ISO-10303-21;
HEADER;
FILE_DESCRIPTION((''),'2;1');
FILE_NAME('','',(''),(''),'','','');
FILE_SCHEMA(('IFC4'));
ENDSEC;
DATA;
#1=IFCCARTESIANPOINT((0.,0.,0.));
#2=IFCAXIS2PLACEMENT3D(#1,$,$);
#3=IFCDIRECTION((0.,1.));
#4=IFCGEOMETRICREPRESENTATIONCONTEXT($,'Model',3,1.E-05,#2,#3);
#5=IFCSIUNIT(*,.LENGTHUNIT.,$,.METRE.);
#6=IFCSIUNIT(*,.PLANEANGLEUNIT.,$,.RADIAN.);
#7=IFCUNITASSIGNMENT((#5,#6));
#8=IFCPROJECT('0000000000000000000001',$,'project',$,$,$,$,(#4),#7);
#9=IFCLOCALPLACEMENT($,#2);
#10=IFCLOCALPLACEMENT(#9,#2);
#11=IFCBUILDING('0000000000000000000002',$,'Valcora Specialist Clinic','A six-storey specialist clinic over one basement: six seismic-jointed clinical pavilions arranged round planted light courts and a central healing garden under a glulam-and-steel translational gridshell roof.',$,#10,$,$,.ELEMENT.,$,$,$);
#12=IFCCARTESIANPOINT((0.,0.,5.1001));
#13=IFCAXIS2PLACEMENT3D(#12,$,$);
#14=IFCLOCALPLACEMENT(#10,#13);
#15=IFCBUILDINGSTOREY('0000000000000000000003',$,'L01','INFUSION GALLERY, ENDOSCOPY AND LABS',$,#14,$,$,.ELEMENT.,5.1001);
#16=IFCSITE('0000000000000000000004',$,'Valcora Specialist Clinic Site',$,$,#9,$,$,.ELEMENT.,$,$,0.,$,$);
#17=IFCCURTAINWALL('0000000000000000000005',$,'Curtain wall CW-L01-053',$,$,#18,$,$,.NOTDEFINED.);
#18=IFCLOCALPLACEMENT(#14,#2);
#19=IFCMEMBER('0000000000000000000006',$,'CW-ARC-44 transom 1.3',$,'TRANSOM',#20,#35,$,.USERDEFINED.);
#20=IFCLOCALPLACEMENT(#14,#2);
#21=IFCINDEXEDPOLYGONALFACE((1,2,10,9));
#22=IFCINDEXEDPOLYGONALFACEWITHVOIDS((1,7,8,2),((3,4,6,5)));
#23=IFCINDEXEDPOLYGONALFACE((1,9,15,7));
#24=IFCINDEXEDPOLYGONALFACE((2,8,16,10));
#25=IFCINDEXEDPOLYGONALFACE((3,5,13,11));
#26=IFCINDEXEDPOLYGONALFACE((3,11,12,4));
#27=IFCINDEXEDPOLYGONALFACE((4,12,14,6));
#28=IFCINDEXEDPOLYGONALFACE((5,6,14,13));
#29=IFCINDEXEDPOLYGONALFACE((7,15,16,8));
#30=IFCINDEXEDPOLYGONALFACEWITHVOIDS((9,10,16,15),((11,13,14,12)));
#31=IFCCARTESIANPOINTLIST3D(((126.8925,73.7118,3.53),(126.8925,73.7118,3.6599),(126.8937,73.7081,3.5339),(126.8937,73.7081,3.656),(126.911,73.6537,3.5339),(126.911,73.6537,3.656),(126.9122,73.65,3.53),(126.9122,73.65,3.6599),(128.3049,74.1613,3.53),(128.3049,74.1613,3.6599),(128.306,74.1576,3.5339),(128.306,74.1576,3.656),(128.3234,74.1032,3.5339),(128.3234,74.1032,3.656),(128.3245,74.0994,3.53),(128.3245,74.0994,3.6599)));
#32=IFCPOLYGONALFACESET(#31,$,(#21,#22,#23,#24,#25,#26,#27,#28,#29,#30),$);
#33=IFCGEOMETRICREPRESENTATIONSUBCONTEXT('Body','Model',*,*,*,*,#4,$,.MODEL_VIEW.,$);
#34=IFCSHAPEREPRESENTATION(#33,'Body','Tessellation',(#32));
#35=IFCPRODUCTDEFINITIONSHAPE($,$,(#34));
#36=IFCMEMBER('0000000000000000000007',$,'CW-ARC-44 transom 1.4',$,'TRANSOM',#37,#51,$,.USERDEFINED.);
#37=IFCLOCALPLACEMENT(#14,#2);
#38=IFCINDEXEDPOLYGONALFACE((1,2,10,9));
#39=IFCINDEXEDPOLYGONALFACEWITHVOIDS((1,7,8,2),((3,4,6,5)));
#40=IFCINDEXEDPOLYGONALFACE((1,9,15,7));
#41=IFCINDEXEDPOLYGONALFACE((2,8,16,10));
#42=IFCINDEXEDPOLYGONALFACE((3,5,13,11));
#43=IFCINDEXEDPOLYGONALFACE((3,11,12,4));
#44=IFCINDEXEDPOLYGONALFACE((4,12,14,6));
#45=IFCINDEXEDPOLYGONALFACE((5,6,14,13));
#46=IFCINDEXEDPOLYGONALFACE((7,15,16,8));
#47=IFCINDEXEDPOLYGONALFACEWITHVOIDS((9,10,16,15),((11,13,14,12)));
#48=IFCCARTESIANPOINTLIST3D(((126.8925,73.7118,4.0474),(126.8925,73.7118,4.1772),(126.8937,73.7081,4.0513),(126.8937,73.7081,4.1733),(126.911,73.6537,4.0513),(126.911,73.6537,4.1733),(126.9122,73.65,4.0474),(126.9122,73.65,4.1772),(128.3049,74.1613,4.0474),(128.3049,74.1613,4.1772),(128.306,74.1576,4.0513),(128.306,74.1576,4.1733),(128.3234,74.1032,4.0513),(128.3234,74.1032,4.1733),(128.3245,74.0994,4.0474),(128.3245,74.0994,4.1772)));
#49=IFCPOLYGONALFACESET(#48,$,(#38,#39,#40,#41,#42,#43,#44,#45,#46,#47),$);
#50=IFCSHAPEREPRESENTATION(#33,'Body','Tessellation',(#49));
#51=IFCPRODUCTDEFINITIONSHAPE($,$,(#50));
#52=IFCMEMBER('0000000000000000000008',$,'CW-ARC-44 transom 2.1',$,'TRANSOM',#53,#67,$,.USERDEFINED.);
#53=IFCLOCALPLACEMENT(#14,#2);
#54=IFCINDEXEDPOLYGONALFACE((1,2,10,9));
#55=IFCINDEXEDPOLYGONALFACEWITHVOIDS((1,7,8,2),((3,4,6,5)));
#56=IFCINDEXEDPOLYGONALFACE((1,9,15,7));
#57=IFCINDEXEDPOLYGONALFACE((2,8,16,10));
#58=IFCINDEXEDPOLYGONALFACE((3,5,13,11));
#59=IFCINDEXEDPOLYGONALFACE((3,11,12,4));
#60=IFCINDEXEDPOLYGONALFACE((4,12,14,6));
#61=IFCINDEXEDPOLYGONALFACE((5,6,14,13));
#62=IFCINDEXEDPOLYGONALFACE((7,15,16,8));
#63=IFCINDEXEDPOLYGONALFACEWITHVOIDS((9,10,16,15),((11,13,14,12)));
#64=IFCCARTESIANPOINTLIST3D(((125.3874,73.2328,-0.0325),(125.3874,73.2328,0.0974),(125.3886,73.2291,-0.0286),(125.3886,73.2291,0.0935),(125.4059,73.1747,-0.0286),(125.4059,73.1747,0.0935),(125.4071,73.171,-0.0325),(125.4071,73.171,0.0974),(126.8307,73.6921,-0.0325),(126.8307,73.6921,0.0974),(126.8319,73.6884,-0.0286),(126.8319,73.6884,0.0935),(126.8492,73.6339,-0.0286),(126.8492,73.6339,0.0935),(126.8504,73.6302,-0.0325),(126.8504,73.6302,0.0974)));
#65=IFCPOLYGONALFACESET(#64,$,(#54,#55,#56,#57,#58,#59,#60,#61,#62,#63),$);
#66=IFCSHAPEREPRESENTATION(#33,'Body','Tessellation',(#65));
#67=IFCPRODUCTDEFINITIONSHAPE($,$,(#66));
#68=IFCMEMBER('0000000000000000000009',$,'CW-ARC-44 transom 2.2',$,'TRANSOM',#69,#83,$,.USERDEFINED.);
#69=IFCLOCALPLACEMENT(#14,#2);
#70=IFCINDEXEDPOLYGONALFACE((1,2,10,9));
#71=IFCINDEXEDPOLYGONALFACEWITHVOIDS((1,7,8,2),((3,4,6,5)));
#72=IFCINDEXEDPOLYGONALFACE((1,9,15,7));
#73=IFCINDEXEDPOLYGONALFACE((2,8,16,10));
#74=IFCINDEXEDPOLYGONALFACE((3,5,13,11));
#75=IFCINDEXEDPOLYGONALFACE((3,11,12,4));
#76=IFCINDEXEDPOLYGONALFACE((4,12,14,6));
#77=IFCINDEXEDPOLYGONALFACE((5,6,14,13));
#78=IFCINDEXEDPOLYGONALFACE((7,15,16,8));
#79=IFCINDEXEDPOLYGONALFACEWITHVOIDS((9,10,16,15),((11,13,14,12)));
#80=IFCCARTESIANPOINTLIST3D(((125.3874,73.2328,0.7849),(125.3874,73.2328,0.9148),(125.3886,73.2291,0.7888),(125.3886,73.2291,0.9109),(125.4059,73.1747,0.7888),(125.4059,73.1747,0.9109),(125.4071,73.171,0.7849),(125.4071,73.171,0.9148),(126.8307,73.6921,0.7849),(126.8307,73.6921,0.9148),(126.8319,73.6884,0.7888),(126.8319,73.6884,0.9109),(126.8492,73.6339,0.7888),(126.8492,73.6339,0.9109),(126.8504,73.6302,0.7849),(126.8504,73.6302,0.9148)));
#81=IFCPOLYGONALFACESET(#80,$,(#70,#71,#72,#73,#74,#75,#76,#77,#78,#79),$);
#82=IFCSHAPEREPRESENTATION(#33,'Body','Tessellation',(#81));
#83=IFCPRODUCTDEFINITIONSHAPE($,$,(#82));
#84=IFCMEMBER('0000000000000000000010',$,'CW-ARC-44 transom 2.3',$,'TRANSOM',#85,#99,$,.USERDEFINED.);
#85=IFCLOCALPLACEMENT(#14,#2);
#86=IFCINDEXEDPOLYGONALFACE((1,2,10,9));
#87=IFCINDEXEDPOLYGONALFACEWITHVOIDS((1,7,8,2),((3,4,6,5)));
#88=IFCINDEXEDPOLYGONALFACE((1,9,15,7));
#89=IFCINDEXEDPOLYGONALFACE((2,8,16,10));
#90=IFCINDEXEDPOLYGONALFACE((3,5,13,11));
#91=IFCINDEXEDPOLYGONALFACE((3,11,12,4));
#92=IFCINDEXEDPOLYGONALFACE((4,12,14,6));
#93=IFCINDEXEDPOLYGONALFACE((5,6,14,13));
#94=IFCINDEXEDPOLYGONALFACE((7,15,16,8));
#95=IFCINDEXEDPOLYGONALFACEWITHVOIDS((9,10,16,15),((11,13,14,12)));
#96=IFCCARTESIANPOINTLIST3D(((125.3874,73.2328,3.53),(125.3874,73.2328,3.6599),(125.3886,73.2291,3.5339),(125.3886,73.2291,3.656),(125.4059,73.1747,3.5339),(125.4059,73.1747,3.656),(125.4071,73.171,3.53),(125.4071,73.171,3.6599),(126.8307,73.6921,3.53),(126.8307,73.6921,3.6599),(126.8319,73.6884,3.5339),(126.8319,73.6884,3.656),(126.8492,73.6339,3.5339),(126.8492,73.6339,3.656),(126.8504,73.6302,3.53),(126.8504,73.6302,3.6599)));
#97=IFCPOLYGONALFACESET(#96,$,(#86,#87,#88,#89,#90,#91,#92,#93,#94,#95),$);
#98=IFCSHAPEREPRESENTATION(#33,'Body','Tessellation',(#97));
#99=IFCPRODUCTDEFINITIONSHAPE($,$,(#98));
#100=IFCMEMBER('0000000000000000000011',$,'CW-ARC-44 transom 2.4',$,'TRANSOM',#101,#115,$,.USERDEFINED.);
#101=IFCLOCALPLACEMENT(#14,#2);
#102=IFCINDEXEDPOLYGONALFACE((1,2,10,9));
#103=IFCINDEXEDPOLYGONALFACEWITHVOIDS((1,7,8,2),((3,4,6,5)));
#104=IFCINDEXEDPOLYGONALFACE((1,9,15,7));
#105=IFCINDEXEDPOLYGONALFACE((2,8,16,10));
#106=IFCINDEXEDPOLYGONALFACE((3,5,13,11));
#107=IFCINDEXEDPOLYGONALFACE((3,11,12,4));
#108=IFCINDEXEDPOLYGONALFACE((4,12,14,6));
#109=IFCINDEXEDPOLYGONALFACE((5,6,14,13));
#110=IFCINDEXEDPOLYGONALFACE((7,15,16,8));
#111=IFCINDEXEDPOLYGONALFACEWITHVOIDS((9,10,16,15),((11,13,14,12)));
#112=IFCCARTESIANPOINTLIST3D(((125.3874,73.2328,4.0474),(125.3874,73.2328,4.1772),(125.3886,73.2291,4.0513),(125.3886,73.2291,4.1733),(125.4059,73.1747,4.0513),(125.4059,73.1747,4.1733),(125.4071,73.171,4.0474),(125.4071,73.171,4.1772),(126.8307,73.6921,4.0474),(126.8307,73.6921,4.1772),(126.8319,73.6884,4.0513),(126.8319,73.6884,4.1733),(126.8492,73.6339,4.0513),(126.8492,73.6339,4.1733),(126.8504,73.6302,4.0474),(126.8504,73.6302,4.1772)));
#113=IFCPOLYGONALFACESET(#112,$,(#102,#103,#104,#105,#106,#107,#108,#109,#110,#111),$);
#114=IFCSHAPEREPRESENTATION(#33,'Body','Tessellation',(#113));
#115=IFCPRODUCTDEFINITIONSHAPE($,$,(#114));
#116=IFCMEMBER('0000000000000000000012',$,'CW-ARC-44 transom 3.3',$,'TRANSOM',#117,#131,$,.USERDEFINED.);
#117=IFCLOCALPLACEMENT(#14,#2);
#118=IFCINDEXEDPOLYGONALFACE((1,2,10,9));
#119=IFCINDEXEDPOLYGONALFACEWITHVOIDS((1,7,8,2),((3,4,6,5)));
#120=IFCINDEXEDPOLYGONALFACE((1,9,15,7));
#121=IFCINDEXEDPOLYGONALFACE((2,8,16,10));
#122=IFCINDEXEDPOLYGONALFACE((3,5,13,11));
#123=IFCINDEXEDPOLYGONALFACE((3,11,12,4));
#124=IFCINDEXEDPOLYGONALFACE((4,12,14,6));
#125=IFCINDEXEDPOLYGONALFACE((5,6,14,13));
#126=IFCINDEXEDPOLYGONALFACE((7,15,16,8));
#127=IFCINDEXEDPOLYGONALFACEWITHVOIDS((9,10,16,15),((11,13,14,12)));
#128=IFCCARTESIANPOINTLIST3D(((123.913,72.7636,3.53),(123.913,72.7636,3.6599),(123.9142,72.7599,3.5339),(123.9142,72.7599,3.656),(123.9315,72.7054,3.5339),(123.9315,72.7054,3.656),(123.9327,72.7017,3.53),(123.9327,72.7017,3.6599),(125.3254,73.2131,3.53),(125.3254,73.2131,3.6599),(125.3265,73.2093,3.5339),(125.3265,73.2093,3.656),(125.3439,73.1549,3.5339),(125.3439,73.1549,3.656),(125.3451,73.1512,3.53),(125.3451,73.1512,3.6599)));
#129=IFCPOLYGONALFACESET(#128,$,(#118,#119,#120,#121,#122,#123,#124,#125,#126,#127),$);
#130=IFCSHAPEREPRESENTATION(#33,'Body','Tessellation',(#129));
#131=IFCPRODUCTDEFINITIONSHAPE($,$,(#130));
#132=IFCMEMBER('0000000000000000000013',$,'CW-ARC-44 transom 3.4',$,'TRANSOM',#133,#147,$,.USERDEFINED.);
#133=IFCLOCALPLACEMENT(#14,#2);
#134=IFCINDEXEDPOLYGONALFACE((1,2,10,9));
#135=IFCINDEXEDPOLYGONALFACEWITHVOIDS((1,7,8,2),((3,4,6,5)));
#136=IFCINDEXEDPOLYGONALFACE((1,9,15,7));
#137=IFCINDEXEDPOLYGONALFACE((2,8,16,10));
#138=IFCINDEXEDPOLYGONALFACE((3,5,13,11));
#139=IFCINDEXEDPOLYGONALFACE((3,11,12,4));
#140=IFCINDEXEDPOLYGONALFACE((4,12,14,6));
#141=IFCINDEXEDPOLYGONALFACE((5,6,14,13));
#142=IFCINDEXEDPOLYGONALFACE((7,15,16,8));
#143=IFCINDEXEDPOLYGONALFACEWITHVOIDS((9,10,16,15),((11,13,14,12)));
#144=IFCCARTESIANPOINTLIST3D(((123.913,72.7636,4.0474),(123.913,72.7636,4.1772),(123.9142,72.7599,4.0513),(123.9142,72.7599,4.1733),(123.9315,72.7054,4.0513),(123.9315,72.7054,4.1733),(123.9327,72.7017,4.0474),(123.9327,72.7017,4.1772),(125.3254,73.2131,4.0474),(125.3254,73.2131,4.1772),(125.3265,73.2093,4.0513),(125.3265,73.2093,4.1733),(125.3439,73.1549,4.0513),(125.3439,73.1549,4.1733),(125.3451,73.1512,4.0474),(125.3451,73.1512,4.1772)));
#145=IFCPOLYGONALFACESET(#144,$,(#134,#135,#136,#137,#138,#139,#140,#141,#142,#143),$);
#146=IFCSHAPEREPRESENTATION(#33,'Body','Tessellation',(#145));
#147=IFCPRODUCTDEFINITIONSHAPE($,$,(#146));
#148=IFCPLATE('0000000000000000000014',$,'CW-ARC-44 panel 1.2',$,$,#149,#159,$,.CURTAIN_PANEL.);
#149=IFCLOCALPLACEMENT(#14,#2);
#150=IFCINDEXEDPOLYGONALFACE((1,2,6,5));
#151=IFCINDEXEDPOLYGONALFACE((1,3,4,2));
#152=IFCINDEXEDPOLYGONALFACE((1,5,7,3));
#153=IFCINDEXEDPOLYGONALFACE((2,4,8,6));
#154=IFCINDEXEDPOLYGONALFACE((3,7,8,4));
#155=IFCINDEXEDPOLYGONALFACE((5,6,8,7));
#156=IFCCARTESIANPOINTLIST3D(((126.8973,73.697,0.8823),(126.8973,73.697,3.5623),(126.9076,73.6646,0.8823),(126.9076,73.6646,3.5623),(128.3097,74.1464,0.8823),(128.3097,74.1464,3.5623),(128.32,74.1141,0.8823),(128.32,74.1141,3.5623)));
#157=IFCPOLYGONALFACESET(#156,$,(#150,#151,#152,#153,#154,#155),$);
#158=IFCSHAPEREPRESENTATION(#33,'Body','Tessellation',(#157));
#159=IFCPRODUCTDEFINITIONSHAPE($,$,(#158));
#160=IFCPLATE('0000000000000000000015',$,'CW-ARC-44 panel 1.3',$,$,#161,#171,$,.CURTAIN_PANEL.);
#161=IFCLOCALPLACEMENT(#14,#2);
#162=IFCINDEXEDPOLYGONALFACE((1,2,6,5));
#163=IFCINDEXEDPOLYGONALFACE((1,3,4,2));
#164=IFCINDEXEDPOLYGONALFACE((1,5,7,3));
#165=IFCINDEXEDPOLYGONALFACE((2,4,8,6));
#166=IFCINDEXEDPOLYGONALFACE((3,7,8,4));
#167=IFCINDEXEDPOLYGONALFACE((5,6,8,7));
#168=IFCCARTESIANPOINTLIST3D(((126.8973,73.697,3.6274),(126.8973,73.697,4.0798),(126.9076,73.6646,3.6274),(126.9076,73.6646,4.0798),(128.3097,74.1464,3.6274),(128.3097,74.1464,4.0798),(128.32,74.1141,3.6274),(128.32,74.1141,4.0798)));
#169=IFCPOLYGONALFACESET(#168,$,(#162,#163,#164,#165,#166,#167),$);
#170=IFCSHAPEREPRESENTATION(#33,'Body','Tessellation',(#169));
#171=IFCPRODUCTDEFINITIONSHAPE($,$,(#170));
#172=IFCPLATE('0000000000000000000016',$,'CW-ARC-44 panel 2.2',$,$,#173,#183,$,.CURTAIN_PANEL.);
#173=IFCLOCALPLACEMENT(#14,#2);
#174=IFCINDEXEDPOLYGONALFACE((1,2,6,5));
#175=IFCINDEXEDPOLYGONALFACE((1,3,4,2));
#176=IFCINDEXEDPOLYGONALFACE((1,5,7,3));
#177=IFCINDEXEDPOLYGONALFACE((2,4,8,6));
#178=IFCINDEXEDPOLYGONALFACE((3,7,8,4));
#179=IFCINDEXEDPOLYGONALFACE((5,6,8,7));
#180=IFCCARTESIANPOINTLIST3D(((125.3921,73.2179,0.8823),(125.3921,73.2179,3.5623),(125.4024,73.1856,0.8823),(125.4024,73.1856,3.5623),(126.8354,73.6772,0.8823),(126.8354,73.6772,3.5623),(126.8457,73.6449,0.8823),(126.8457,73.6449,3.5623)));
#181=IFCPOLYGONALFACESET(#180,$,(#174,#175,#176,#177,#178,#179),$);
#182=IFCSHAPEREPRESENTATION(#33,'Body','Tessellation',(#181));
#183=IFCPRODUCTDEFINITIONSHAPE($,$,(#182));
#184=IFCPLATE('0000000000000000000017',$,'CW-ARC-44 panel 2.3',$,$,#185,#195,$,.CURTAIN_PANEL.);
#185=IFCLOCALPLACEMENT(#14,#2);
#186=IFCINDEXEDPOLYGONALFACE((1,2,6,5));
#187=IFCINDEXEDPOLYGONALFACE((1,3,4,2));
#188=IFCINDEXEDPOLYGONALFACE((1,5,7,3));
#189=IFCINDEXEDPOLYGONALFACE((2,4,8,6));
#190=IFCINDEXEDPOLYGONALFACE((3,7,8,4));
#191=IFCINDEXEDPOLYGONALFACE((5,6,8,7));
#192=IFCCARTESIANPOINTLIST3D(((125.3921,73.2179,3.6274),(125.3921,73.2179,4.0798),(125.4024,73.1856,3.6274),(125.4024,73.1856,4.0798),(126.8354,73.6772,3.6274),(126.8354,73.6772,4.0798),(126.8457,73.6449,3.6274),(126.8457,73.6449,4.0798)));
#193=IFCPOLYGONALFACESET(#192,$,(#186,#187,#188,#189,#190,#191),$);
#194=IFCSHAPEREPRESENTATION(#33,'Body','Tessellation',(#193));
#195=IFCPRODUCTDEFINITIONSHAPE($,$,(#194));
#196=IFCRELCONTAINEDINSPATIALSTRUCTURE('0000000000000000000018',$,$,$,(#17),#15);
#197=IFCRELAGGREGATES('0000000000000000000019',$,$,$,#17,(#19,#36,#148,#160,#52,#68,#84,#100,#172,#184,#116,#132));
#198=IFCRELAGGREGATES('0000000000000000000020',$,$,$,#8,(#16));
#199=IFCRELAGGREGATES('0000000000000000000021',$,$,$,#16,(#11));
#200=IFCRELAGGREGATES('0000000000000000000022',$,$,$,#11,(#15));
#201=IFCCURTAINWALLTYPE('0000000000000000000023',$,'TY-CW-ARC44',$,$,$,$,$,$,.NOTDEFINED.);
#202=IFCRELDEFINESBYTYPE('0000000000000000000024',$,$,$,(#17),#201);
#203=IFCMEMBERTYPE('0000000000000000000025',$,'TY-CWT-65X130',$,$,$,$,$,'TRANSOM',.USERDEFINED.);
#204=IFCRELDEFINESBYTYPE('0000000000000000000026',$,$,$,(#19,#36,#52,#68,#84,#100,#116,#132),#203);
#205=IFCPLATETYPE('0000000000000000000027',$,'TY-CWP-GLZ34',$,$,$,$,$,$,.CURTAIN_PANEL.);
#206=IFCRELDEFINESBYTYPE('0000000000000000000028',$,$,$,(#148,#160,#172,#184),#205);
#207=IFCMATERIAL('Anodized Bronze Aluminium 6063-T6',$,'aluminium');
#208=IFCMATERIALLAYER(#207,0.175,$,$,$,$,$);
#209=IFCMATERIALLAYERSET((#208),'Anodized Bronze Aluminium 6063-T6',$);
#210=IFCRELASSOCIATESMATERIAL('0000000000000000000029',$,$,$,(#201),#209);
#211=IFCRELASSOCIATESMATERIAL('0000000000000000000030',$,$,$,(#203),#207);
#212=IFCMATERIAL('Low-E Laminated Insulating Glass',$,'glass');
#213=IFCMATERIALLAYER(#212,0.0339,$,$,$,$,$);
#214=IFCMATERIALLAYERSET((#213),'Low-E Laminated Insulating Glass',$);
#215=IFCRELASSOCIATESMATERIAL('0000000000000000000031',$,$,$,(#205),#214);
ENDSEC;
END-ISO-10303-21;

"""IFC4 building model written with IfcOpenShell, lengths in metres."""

from ifc_helpers import new_model, si_unit, direction, frame, origin, origin_2d, place, context, subcontext, project, spatial, rectangle, hollow_rectangle, extrude, material, layer, layer_set, material_profile, profile_set, type_object, element, aggregate, save


model = new_model("IFC4")

# Units and contexts
model_context = context("Model", 3, precision=1e-05, world=origin(), true_north=direction((0.0, 1.0)))
body_context = subcontext(model_context, "Body", "Model", "MODEL_VIEW")
ifc_project = project(units=[si_unit("LENGTHUNIT", "METRE"), si_unit("PLANEANGLEUNIT", "RADIAN")], contexts=[model_context])

# Site, building, storey
site_placement = place(None, origin())
site = spatial("IfcSite", under=ifc_project, at=site_placement, Name="Valcora Specialist Clinic Site", CompositionType="ELEMENT", RefElevation=0.0)
building_placement = place(site_placement, origin())
building = spatial("IfcBuilding", under=site, at=building_placement, Name="Valcora Specialist Clinic", Description="A six-storey specialist clinic over one basement: six seismic-jointed clinical pavilions arranged round planted light courts and a central healing garden under a glulam-and-steel translational gridshell roof.", CompositionType="ELEMENT")
storey_placement = place(building_placement, frame((0.0, 0.0, 5.1001)))
storey = spatial("IfcBuildingStorey", under=building, at=storey_placement, Name="L01", Description="INFUSION GALLERY, ENDOSCOPY AND LABS", CompositionType="ELEMENT", Elevation=5.1001)

# Curtain wall, members, plates
ifc_material_1 = material(Name="Anodized Bronze Aluminium 6063-T6", Category="aluminium")
ifc_layer_1 = layer(ifc_material_1, 0.175)
ifc_layer_set_1 = layer_set([ifc_layer_1], Name="Anodized Bronze Aluminium 6063-T6")
curtain_wall_type = type_object("IfcCurtainWallType", Name="TY-CW-ARC44", PredefinedType="NOTDEFINED", material=ifc_layer_set_1)
curtain_wall_placement = place(storey_placement, origin())
curtain_wall = element("IfcCurtainWall", 1, at=curtain_wall_placement, inside=storey, type_object=curtain_wall_type, Name="Curtain wall CW-L01-053", PredefinedType="NOTDEFINED")
ifc_material_profile_1 = material_profile(ifc_material_1, hollow_rectangle(XDim=0.0649, YDim=0.1299, WallThickness=0.0039, at=origin_2d()), Name="AL-TRN-65X130")
ifc_profile_set_1 = profile_set([ifc_material_profile_1], Name="Anodized Bronze Aluminium 6063-T6")
member_type_1 = type_object("IfcMemberType", Name="TY-CWT-65X130", ElementType="TRANSOM", PredefinedType="USERDEFINED", material=ifc_profile_set_1)
member_1_placement = place(storey_placement, frame((128.3147, 74.1304, 3.595), z_axis=(-0.952911, -0.303251, 0.0), x_axis=(0.303251, -0.952911, 0.0)))
member_1 = element("IfcMember", 2, at=member_1_placement, type_object=member_type_1, Name="CW-ARC-44 transom 1.3", ObjectType="TRANSOM", PredefinedType="USERDEFINED", context=body_context, shape_type="SweptSolid", body=[
    extrude(hollow_rectangle(XDim=0.0649, YDim=0.1299, WallThickness=0.0039, at=origin_2d()), origin(), (0.0, 0.0, 1.0), 1.4822),
])
member_2_placement = place(storey_placement, frame((128.3147, 74.1304, 4.1123), z_axis=(-0.952911, -0.303251, 0.0), x_axis=(0.303251, -0.952911, 0.0)))
member_2 = element("IfcMember", 3, at=member_2_placement, type_object=member_type_1, Name="CW-ARC-44 transom 1.4", ObjectType="TRANSOM", PredefinedType="USERDEFINED", context=body_context, shape_type="SweptSolid", body=[
    extrude(hollow_rectangle(XDim=0.0649, YDim=0.1299, WallThickness=0.0039, at=origin_2d()), origin(), (0.0, 0.0, 1.0), 1.4822),
])
member_3_placement = place(storey_placement, frame((126.8406, 73.6611, 0.0325), z_axis=(-0.95293, -0.30319, 0.0), x_axis=(0.30319, -0.95293, 0.0)))
member_3 = element("IfcMember", 4, at=member_3_placement, type_object=member_type_1, Name="CW-ARC-44 transom 2.1", ObjectType="TRANSOM", PredefinedType="USERDEFINED", context=body_context, shape_type="SweptSolid", body=[
    extrude(hollow_rectangle(XDim=0.0649, YDim=0.1299, WallThickness=0.0039, at=origin_2d()), origin(), (0.0, 0.0, 1.0), 1.5146),
])
member_4_placement = place(storey_placement, frame((126.8406, 73.6611, 0.8499), z_axis=(-0.95293, -0.30319, 0.0), x_axis=(0.30319, -0.95293, 0.0)))
member_4 = element("IfcMember", 5, at=member_4_placement, type_object=member_type_1, Name="CW-ARC-44 transom 2.2", ObjectType="TRANSOM", PredefinedType="USERDEFINED", context=body_context, shape_type="SweptSolid", body=[
    extrude(hollow_rectangle(XDim=0.0649, YDim=0.1299, WallThickness=0.0039, at=origin_2d()), origin(), (0.0, 0.0, 1.0), 1.5146),
])
member_5_placement = place(storey_placement, frame((126.8406, 73.6611, 3.595), z_axis=(-0.95293, -0.30319, 0.0), x_axis=(0.30319, -0.95293, 0.0)))
member_5 = element("IfcMember", 6, at=member_5_placement, type_object=member_type_1, Name="CW-ARC-44 transom 2.3", ObjectType="TRANSOM", PredefinedType="USERDEFINED", context=body_context, shape_type="SweptSolid", body=[
    extrude(hollow_rectangle(XDim=0.0649, YDim=0.1299, WallThickness=0.0039, at=origin_2d()), origin(), (0.0, 0.0, 1.0), 1.5146),
])
member_6_placement = place(storey_placement, frame((126.8406, 73.6611, 4.1123), z_axis=(-0.95293, -0.30319, 0.0), x_axis=(0.30319, -0.95293, 0.0)))
member_6 = element("IfcMember", 7, at=member_6_placement, type_object=member_type_1, Name="CW-ARC-44 transom 2.4", ObjectType="TRANSOM", PredefinedType="USERDEFINED", context=body_context, shape_type="SweptSolid", body=[
    extrude(hollow_rectangle(XDim=0.0649, YDim=0.1299, WallThickness=0.0039, at=origin_2d()), origin(), (0.0, 0.0, 1.0), 1.5146),
])
member_7_placement = place(storey_placement, frame((125.3352, 73.1821, 3.595), z_axis=(-0.952911, -0.303251, 0.0), x_axis=(0.303251, -0.952911, 0.0)))
member_7 = element("IfcMember", 8, at=member_7_placement, type_object=member_type_1, Name="CW-ARC-44 transom 3.3", ObjectType="TRANSOM", PredefinedType="USERDEFINED", context=body_context, shape_type="SweptSolid", body=[
    extrude(hollow_rectangle(XDim=0.0649, YDim=0.1299, WallThickness=0.0039, at=origin_2d()), origin(), (0.0, 0.0, 1.0), 1.4822),
])
member_8_placement = place(storey_placement, frame((125.3352, 73.1821, 4.1123), z_axis=(-0.952911, -0.303251, 0.0), x_axis=(0.303251, -0.952911, 0.0)))
member_8 = element("IfcMember", 9, at=member_8_placement, type_object=member_type_1, Name="CW-ARC-44 transom 3.4", ObjectType="TRANSOM", PredefinedType="USERDEFINED", context=body_context, shape_type="SweptSolid", body=[
    extrude(hollow_rectangle(XDim=0.0649, YDim=0.1299, WallThickness=0.0039, at=origin_2d()), origin(), (0.0, 0.0, 1.0), 1.4822),
])
ifc_material_2 = material(Name="Low-E Laminated Insulating Glass", Category="glass")
ifc_layer_2 = layer(ifc_material_2, 0.0339)
ifc_layer_set_2 = layer_set([ifc_layer_2], Name="Low-E Laminated Insulating Glass")
plate_type_1 = type_object("IfcPlateType", Name="TY-CWP-GLZ34", PredefinedType="CURTAIN_PANEL", material=ifc_layer_set_2)
plate_1_placement = place(storey_placement, frame((127.6086, 73.9055, 0.8823), z_axis=(0.0, 0.0, 1.0), x_axis=(-0.952916, -0.303233, 0.0)))
plate_1 = element("IfcPlate", 10, at=plate_1_placement, type_object=plate_type_1, Name="CW-ARC-44 panel 1.2", PredefinedType="CURTAIN_PANEL", context=body_context, shape_type="SweptSolid", body=[
    extrude(rectangle(XDim=1.4822, YDim=0.0339, at=origin_2d()), origin(), (0.0, 0.0, 1.0), 2.6799),
])
plate_2_placement = place(storey_placement, frame((127.6086, 73.9055, 3.6274), z_axis=(0.0, 0.0, 1.0), x_axis=(-0.952916, -0.303233, 0.0)))
plate_2 = element("IfcPlate", 11, at=plate_2_placement, type_object=plate_type_1, Name="CW-ARC-44 panel 1.3", PredefinedType="CURTAIN_PANEL", context=body_context, shape_type="SweptSolid", body=[
    extrude(rectangle(XDim=1.4822, YDim=0.0339, at=origin_2d()), origin(), (0.0, 0.0, 1.0), 0.4524),
])
plate_3_placement = place(storey_placement, frame((126.1189, 73.4314, 0.8823), z_axis=(0.0, 0.0, 1.0), x_axis=(-0.952916, -0.303233, 0.0)))
plate_3 = element("IfcPlate", 12, at=plate_3_placement, type_object=plate_type_1, Name="CW-ARC-44 panel 2.2", PredefinedType="CURTAIN_PANEL", context=body_context, shape_type="SweptSolid", body=[
    extrude(rectangle(XDim=1.5146, YDim=0.0339, at=origin_2d()), origin(), (0.0, 0.0, 1.0), 2.6799),
])
plate_4_placement = place(storey_placement, frame((126.1189, 73.4314, 3.6274), z_axis=(0.0, 0.0, 1.0), x_axis=(-0.952916, -0.303233, 0.0)))
plate_4 = element("IfcPlate", 13, at=plate_4_placement, type_object=plate_type_1, Name="CW-ARC-44 panel 2.3", PredefinedType="CURTAIN_PANEL", context=body_context, shape_type="SweptSolid", body=[
    extrude(rectangle(XDim=1.5146, YDim=0.0339, at=origin_2d()), origin(), (0.0, 0.0, 1.0), 0.4524),
])
aggregate(curtain_wall, [member_1, member_2, plate_1, plate_2, member_3, member_4, member_5, member_6, plate_3, plate_4, member_7, member_8])

save(model, "model.ifc")
